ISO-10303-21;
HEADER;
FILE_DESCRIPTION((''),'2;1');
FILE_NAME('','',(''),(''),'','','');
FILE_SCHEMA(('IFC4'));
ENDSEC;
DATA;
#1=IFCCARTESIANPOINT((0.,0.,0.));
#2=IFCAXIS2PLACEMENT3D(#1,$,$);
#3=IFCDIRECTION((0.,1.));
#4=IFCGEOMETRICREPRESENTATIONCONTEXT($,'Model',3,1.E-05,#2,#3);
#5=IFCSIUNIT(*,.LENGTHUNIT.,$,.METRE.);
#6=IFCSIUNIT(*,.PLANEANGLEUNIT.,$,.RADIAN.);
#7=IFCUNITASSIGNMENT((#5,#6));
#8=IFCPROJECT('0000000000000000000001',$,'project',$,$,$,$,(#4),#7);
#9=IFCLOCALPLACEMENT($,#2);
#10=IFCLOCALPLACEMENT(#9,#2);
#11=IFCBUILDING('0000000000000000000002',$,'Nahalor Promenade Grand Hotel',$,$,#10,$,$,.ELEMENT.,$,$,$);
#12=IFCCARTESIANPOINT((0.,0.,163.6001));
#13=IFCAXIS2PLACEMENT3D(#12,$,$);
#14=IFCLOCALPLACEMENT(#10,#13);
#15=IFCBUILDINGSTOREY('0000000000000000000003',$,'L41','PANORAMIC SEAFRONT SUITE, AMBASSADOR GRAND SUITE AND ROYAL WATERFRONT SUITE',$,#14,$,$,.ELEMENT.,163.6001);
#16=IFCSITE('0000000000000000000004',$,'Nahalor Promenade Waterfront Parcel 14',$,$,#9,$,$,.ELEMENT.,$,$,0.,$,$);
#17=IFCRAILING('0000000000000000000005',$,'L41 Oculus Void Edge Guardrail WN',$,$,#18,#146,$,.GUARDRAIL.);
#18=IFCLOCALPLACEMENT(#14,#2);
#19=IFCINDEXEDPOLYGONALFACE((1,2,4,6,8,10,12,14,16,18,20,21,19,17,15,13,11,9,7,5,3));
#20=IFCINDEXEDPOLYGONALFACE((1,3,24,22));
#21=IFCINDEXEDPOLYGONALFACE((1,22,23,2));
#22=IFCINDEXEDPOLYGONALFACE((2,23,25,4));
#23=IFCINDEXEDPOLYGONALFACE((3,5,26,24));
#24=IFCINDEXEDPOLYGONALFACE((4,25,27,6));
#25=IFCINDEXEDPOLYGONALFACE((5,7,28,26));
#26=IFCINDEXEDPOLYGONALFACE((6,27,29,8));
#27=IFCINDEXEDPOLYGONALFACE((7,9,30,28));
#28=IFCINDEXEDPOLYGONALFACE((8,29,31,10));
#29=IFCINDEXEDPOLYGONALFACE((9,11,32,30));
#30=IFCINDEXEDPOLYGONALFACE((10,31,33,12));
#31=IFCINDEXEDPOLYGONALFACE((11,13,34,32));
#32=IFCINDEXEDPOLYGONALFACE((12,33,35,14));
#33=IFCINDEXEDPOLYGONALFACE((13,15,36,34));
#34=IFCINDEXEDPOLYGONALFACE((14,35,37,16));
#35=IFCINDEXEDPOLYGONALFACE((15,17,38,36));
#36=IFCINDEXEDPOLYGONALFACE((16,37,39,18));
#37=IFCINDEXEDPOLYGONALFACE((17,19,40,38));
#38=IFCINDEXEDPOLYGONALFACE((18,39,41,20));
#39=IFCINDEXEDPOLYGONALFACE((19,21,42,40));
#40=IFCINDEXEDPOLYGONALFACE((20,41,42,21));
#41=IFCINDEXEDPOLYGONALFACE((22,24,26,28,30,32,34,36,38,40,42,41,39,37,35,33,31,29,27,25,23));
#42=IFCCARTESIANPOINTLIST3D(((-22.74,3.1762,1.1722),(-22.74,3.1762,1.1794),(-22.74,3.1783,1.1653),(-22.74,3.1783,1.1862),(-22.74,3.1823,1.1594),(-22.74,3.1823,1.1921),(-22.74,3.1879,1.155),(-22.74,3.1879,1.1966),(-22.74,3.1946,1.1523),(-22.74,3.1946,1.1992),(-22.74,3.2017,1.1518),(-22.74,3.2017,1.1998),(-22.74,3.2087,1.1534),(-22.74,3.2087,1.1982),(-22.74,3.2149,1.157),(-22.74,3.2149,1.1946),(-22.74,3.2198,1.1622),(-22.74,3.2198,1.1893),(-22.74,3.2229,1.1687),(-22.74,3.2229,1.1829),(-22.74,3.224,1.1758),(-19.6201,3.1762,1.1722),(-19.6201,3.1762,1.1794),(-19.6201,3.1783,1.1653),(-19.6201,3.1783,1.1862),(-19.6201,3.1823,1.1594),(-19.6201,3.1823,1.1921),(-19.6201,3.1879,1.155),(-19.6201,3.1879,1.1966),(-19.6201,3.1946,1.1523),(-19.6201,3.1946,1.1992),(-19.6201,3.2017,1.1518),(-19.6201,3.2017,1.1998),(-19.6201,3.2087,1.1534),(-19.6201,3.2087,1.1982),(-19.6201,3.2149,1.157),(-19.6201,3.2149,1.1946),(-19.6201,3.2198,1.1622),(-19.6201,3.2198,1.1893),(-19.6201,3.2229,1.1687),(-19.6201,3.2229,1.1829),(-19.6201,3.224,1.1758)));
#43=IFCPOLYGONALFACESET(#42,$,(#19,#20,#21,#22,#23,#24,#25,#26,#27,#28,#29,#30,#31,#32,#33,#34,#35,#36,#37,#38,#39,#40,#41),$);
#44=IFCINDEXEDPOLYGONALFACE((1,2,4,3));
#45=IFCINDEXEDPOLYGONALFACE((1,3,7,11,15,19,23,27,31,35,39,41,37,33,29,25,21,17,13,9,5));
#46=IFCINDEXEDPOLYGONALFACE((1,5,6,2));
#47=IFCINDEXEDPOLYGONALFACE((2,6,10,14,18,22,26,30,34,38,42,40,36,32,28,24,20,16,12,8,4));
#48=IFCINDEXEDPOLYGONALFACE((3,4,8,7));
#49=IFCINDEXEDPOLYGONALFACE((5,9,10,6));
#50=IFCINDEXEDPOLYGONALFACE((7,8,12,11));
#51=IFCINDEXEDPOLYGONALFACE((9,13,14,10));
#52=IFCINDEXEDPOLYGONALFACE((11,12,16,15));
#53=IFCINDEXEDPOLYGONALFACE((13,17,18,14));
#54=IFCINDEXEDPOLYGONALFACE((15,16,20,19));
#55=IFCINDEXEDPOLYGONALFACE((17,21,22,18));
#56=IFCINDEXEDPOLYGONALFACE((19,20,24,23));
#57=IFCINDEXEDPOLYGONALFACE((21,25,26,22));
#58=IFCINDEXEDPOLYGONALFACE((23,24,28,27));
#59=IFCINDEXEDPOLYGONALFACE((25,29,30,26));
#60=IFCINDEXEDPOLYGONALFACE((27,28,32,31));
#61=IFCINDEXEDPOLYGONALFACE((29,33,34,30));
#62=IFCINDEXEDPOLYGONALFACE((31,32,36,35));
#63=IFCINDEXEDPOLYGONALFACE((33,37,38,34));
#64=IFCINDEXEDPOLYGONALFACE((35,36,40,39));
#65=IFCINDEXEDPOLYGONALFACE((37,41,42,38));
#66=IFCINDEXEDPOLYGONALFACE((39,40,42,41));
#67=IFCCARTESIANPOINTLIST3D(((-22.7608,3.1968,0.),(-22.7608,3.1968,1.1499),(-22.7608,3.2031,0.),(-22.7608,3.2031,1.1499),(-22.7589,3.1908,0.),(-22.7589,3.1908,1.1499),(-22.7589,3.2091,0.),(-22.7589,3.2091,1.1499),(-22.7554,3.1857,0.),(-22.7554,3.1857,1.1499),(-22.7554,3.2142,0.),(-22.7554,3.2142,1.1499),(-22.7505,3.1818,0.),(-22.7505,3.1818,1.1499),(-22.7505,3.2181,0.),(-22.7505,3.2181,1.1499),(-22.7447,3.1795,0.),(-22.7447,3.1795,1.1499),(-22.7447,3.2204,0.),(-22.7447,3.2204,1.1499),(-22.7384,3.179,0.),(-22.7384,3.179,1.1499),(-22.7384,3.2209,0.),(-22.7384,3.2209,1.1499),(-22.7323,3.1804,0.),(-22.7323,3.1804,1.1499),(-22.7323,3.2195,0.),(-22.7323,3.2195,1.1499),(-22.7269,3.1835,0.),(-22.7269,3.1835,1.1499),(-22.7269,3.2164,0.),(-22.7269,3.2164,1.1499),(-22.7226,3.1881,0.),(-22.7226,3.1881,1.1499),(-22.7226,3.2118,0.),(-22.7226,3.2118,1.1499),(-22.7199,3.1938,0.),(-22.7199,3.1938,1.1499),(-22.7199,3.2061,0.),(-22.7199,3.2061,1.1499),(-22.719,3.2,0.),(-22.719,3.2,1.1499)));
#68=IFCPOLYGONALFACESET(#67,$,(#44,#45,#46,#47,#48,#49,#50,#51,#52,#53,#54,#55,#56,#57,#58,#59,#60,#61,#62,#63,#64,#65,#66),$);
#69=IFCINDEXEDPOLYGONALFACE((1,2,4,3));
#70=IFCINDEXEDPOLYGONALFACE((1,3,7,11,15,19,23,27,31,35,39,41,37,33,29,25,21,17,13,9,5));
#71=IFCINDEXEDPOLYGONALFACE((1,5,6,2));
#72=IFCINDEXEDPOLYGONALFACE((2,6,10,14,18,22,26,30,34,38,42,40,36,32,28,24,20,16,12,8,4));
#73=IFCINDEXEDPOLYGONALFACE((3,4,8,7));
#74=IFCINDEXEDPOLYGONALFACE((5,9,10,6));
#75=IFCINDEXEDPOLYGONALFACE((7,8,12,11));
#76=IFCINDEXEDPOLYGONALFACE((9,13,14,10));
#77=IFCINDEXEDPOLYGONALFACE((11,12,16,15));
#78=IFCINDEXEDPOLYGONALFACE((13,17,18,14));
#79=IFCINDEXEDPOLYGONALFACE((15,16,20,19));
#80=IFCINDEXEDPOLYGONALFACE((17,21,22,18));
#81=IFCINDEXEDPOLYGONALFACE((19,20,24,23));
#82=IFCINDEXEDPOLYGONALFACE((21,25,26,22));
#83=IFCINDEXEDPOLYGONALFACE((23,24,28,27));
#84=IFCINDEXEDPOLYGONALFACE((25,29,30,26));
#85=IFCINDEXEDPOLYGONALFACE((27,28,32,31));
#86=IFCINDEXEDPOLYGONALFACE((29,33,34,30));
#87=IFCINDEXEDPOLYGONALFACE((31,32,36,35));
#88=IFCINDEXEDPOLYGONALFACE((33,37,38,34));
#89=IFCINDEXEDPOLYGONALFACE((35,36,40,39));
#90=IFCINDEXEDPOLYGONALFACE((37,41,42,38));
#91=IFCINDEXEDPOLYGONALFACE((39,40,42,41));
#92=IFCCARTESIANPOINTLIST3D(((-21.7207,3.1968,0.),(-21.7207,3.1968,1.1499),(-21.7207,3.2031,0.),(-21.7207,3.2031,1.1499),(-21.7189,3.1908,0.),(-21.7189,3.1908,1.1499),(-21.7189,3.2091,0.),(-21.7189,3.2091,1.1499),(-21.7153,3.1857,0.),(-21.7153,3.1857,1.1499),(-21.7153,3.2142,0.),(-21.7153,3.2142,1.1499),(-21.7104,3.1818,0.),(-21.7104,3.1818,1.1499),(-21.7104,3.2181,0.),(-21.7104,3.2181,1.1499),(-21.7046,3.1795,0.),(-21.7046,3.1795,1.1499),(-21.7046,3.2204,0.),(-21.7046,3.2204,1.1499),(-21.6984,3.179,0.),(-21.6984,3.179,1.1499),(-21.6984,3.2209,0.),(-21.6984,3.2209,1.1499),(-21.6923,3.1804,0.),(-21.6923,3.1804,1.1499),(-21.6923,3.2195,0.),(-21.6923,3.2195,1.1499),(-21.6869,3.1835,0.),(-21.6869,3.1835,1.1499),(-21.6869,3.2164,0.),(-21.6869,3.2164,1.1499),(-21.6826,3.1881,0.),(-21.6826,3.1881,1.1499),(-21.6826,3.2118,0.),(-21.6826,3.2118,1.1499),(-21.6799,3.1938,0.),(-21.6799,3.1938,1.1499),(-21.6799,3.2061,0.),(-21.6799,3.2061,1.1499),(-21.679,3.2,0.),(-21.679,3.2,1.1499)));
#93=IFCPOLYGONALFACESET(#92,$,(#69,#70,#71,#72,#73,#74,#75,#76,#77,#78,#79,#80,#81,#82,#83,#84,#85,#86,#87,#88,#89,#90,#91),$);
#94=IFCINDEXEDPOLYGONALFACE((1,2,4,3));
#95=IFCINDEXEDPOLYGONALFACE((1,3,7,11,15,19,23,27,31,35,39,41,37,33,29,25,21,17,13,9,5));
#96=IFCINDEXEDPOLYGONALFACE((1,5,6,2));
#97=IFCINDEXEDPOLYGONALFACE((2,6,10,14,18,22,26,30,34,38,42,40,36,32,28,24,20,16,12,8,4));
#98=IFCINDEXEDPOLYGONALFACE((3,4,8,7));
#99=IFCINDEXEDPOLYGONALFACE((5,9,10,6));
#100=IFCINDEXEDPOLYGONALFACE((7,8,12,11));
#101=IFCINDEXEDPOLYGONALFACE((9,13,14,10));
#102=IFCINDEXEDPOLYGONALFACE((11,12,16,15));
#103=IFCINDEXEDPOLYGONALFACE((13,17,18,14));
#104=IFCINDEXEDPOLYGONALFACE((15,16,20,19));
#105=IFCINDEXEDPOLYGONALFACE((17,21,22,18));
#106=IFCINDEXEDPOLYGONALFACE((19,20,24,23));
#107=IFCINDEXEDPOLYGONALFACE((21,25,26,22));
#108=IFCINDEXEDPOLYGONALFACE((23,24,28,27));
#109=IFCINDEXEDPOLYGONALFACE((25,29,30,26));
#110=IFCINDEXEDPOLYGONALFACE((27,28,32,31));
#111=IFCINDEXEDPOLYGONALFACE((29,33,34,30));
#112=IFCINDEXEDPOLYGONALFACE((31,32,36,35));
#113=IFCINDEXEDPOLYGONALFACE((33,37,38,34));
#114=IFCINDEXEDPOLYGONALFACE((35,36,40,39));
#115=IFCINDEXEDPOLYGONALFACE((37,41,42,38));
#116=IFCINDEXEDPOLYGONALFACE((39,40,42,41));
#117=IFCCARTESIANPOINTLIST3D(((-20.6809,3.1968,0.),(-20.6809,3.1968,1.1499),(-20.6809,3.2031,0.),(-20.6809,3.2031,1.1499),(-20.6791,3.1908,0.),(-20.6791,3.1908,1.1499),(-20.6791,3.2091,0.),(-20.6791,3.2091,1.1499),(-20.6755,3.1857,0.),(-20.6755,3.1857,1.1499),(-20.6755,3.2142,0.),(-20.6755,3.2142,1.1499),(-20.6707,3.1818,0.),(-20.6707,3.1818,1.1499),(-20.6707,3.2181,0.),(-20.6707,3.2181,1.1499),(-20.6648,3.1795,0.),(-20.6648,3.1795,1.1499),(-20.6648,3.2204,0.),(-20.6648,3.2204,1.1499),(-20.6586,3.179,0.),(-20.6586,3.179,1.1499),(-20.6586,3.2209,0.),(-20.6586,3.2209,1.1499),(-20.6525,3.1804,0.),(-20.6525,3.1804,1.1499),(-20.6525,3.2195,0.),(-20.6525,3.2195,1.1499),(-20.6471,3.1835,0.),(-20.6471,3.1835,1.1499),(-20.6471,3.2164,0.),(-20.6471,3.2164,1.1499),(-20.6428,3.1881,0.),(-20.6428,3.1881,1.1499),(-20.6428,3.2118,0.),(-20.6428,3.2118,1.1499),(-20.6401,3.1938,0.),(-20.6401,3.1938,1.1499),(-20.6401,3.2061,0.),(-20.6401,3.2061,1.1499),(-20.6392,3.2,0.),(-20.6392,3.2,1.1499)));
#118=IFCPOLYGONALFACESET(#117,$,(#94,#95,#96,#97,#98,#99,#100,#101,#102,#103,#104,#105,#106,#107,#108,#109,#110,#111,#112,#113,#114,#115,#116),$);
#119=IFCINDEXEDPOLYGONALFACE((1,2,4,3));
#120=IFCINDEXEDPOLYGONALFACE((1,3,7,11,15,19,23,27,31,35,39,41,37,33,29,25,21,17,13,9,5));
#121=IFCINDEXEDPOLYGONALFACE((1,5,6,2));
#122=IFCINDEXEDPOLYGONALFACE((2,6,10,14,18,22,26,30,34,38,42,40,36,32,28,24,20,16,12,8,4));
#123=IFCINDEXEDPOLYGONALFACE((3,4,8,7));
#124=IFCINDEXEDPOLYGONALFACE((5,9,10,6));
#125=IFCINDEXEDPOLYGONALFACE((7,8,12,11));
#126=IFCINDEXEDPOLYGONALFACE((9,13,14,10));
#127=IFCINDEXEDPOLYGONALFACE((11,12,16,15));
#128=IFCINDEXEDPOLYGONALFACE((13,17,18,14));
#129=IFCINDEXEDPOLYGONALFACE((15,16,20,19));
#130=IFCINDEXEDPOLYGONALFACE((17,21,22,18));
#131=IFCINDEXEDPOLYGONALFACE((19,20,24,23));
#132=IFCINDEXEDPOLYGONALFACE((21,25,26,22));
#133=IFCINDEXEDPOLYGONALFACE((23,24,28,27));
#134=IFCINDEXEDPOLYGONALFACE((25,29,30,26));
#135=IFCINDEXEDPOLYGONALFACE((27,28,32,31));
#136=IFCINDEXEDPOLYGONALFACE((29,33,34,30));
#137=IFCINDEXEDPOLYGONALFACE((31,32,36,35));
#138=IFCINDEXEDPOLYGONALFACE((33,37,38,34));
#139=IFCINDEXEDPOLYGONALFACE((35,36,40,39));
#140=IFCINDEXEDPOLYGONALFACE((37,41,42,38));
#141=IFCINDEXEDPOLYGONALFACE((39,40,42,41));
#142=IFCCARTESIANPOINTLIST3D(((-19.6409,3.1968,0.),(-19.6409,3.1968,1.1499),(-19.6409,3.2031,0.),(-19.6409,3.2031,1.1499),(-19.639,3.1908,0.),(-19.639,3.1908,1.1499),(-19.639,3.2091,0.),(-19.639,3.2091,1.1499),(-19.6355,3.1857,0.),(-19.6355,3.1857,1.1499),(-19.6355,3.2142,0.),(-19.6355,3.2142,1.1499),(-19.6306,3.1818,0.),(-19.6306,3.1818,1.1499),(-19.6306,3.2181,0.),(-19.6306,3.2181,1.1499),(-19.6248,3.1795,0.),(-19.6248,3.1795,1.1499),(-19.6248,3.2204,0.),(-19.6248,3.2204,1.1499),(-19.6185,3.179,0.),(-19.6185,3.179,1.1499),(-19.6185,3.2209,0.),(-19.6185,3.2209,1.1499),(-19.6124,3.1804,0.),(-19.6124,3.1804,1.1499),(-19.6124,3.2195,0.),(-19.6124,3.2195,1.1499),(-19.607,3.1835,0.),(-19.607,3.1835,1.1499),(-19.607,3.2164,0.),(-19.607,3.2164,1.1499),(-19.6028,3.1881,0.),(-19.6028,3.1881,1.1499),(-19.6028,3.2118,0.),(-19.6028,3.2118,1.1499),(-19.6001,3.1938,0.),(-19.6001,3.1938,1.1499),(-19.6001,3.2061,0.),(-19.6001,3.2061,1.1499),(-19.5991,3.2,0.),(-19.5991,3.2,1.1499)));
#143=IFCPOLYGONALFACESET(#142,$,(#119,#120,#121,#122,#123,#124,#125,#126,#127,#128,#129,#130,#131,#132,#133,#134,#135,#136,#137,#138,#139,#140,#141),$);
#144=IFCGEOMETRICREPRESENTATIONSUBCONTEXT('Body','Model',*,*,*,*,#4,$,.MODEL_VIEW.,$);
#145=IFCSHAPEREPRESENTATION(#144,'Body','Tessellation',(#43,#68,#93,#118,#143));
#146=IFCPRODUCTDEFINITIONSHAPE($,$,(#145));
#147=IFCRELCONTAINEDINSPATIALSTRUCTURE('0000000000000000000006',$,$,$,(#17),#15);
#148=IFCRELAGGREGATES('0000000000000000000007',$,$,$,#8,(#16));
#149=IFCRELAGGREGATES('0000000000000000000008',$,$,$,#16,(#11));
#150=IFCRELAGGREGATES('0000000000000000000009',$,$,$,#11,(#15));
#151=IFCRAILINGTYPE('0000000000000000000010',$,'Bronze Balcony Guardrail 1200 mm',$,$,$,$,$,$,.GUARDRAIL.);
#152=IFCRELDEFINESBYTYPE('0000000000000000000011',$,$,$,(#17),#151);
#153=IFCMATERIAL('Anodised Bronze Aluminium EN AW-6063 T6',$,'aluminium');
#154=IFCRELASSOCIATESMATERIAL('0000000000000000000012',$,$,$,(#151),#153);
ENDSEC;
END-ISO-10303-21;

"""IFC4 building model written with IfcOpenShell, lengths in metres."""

from ifc_helpers import new_model, si_unit, direction, frame, origin, origin_2d, place, context, subcontext, project, spatial, circle, extrude, material, type_object, element, save


model = new_model("IFC4")

# Units and contexts
model_context = context("Model", 3, precision=1e-05, world=origin(), true_north=direction((0.0, 1.0)))
body_context = subcontext(model_context, "Body", "Model", "MODEL_VIEW")
ifc_project = project(units=[si_unit("LENGTHUNIT", "METRE"), si_unit("PLANEANGLEUNIT", "RADIAN")], contexts=[model_context])

# Site, building, storey
site_placement = place(None, origin())
site = spatial("IfcSite", under=ifc_project, at=site_placement, Name="Nahalor Promenade Waterfront Parcel 14", CompositionType="ELEMENT", RefElevation=0.0)
building_placement = place(site_placement, origin())
building = spatial("IfcBuilding", under=site, at=building_placement, Name="Nahalor Promenade Grand Hotel", CompositionType="ELEMENT")
storey_placement = place(building_placement, frame((0.0, 0.0, 163.6001)))
storey = spatial("IfcBuildingStorey", under=building, at=storey_placement, Name="L41", Description="PANORAMIC SEAFRONT SUITE, AMBASSADOR GRAND SUITE AND ROYAL WATERFRONT SUITE", CompositionType="ELEMENT", Elevation=163.6001)

# Shared definitions
ifc_material_1 = material(Name="Anodised Bronze Aluminium EN AW-6063 T6", Category="aluminium")

# Railing
railing_type = type_object("IfcRailingType", Name="Bronze Balcony Guardrail 1200 mm", PredefinedType="GUARDRAIL", material=ifc_material_1)
for number, where, name in (
    (1, (-22.74, 3.2, 0.0), "L41 Oculus Void Edge Guardrail WN"),
):
    element("IfcRailing", number, at=place(storey_placement, frame(where)), inside=storey, type_object=railing_type, Name=name, PredefinedType="GUARDRAIL", context=body_context, shape_type="SweptSolid", body=[
        extrude(circle(Radius=0.024, at=origin_2d()), frame((0.0, 0.0, 1.1758), z_axis=(1.0, 0.0, 0.0), x_axis=(0.0, 1.0, 0.0)), (0.0, 0.0, 1.0), 3.1199),
        extrude(circle(Radius=0.021, at=origin_2d()), origin(), (0.0, 0.0, 1.0), 1.1499),
        extrude(circle(Radius=0.021, at=origin_2d()), frame((1.04, 0.0, 0.0)), (0.0, 0.0, 1.0), 1.1499),
        extrude(circle(Radius=0.021, at=origin_2d()), frame((2.0798, 0.0, 0.0)), (0.0, 0.0, 1.0), 1.1499),
        extrude(circle(Radius=0.021, at=origin_2d()), frame((3.1199, 0.0, 0.0)), (0.0, 0.0, 1.0), 1.1499),
    ])

save(model, "model.ifc")
